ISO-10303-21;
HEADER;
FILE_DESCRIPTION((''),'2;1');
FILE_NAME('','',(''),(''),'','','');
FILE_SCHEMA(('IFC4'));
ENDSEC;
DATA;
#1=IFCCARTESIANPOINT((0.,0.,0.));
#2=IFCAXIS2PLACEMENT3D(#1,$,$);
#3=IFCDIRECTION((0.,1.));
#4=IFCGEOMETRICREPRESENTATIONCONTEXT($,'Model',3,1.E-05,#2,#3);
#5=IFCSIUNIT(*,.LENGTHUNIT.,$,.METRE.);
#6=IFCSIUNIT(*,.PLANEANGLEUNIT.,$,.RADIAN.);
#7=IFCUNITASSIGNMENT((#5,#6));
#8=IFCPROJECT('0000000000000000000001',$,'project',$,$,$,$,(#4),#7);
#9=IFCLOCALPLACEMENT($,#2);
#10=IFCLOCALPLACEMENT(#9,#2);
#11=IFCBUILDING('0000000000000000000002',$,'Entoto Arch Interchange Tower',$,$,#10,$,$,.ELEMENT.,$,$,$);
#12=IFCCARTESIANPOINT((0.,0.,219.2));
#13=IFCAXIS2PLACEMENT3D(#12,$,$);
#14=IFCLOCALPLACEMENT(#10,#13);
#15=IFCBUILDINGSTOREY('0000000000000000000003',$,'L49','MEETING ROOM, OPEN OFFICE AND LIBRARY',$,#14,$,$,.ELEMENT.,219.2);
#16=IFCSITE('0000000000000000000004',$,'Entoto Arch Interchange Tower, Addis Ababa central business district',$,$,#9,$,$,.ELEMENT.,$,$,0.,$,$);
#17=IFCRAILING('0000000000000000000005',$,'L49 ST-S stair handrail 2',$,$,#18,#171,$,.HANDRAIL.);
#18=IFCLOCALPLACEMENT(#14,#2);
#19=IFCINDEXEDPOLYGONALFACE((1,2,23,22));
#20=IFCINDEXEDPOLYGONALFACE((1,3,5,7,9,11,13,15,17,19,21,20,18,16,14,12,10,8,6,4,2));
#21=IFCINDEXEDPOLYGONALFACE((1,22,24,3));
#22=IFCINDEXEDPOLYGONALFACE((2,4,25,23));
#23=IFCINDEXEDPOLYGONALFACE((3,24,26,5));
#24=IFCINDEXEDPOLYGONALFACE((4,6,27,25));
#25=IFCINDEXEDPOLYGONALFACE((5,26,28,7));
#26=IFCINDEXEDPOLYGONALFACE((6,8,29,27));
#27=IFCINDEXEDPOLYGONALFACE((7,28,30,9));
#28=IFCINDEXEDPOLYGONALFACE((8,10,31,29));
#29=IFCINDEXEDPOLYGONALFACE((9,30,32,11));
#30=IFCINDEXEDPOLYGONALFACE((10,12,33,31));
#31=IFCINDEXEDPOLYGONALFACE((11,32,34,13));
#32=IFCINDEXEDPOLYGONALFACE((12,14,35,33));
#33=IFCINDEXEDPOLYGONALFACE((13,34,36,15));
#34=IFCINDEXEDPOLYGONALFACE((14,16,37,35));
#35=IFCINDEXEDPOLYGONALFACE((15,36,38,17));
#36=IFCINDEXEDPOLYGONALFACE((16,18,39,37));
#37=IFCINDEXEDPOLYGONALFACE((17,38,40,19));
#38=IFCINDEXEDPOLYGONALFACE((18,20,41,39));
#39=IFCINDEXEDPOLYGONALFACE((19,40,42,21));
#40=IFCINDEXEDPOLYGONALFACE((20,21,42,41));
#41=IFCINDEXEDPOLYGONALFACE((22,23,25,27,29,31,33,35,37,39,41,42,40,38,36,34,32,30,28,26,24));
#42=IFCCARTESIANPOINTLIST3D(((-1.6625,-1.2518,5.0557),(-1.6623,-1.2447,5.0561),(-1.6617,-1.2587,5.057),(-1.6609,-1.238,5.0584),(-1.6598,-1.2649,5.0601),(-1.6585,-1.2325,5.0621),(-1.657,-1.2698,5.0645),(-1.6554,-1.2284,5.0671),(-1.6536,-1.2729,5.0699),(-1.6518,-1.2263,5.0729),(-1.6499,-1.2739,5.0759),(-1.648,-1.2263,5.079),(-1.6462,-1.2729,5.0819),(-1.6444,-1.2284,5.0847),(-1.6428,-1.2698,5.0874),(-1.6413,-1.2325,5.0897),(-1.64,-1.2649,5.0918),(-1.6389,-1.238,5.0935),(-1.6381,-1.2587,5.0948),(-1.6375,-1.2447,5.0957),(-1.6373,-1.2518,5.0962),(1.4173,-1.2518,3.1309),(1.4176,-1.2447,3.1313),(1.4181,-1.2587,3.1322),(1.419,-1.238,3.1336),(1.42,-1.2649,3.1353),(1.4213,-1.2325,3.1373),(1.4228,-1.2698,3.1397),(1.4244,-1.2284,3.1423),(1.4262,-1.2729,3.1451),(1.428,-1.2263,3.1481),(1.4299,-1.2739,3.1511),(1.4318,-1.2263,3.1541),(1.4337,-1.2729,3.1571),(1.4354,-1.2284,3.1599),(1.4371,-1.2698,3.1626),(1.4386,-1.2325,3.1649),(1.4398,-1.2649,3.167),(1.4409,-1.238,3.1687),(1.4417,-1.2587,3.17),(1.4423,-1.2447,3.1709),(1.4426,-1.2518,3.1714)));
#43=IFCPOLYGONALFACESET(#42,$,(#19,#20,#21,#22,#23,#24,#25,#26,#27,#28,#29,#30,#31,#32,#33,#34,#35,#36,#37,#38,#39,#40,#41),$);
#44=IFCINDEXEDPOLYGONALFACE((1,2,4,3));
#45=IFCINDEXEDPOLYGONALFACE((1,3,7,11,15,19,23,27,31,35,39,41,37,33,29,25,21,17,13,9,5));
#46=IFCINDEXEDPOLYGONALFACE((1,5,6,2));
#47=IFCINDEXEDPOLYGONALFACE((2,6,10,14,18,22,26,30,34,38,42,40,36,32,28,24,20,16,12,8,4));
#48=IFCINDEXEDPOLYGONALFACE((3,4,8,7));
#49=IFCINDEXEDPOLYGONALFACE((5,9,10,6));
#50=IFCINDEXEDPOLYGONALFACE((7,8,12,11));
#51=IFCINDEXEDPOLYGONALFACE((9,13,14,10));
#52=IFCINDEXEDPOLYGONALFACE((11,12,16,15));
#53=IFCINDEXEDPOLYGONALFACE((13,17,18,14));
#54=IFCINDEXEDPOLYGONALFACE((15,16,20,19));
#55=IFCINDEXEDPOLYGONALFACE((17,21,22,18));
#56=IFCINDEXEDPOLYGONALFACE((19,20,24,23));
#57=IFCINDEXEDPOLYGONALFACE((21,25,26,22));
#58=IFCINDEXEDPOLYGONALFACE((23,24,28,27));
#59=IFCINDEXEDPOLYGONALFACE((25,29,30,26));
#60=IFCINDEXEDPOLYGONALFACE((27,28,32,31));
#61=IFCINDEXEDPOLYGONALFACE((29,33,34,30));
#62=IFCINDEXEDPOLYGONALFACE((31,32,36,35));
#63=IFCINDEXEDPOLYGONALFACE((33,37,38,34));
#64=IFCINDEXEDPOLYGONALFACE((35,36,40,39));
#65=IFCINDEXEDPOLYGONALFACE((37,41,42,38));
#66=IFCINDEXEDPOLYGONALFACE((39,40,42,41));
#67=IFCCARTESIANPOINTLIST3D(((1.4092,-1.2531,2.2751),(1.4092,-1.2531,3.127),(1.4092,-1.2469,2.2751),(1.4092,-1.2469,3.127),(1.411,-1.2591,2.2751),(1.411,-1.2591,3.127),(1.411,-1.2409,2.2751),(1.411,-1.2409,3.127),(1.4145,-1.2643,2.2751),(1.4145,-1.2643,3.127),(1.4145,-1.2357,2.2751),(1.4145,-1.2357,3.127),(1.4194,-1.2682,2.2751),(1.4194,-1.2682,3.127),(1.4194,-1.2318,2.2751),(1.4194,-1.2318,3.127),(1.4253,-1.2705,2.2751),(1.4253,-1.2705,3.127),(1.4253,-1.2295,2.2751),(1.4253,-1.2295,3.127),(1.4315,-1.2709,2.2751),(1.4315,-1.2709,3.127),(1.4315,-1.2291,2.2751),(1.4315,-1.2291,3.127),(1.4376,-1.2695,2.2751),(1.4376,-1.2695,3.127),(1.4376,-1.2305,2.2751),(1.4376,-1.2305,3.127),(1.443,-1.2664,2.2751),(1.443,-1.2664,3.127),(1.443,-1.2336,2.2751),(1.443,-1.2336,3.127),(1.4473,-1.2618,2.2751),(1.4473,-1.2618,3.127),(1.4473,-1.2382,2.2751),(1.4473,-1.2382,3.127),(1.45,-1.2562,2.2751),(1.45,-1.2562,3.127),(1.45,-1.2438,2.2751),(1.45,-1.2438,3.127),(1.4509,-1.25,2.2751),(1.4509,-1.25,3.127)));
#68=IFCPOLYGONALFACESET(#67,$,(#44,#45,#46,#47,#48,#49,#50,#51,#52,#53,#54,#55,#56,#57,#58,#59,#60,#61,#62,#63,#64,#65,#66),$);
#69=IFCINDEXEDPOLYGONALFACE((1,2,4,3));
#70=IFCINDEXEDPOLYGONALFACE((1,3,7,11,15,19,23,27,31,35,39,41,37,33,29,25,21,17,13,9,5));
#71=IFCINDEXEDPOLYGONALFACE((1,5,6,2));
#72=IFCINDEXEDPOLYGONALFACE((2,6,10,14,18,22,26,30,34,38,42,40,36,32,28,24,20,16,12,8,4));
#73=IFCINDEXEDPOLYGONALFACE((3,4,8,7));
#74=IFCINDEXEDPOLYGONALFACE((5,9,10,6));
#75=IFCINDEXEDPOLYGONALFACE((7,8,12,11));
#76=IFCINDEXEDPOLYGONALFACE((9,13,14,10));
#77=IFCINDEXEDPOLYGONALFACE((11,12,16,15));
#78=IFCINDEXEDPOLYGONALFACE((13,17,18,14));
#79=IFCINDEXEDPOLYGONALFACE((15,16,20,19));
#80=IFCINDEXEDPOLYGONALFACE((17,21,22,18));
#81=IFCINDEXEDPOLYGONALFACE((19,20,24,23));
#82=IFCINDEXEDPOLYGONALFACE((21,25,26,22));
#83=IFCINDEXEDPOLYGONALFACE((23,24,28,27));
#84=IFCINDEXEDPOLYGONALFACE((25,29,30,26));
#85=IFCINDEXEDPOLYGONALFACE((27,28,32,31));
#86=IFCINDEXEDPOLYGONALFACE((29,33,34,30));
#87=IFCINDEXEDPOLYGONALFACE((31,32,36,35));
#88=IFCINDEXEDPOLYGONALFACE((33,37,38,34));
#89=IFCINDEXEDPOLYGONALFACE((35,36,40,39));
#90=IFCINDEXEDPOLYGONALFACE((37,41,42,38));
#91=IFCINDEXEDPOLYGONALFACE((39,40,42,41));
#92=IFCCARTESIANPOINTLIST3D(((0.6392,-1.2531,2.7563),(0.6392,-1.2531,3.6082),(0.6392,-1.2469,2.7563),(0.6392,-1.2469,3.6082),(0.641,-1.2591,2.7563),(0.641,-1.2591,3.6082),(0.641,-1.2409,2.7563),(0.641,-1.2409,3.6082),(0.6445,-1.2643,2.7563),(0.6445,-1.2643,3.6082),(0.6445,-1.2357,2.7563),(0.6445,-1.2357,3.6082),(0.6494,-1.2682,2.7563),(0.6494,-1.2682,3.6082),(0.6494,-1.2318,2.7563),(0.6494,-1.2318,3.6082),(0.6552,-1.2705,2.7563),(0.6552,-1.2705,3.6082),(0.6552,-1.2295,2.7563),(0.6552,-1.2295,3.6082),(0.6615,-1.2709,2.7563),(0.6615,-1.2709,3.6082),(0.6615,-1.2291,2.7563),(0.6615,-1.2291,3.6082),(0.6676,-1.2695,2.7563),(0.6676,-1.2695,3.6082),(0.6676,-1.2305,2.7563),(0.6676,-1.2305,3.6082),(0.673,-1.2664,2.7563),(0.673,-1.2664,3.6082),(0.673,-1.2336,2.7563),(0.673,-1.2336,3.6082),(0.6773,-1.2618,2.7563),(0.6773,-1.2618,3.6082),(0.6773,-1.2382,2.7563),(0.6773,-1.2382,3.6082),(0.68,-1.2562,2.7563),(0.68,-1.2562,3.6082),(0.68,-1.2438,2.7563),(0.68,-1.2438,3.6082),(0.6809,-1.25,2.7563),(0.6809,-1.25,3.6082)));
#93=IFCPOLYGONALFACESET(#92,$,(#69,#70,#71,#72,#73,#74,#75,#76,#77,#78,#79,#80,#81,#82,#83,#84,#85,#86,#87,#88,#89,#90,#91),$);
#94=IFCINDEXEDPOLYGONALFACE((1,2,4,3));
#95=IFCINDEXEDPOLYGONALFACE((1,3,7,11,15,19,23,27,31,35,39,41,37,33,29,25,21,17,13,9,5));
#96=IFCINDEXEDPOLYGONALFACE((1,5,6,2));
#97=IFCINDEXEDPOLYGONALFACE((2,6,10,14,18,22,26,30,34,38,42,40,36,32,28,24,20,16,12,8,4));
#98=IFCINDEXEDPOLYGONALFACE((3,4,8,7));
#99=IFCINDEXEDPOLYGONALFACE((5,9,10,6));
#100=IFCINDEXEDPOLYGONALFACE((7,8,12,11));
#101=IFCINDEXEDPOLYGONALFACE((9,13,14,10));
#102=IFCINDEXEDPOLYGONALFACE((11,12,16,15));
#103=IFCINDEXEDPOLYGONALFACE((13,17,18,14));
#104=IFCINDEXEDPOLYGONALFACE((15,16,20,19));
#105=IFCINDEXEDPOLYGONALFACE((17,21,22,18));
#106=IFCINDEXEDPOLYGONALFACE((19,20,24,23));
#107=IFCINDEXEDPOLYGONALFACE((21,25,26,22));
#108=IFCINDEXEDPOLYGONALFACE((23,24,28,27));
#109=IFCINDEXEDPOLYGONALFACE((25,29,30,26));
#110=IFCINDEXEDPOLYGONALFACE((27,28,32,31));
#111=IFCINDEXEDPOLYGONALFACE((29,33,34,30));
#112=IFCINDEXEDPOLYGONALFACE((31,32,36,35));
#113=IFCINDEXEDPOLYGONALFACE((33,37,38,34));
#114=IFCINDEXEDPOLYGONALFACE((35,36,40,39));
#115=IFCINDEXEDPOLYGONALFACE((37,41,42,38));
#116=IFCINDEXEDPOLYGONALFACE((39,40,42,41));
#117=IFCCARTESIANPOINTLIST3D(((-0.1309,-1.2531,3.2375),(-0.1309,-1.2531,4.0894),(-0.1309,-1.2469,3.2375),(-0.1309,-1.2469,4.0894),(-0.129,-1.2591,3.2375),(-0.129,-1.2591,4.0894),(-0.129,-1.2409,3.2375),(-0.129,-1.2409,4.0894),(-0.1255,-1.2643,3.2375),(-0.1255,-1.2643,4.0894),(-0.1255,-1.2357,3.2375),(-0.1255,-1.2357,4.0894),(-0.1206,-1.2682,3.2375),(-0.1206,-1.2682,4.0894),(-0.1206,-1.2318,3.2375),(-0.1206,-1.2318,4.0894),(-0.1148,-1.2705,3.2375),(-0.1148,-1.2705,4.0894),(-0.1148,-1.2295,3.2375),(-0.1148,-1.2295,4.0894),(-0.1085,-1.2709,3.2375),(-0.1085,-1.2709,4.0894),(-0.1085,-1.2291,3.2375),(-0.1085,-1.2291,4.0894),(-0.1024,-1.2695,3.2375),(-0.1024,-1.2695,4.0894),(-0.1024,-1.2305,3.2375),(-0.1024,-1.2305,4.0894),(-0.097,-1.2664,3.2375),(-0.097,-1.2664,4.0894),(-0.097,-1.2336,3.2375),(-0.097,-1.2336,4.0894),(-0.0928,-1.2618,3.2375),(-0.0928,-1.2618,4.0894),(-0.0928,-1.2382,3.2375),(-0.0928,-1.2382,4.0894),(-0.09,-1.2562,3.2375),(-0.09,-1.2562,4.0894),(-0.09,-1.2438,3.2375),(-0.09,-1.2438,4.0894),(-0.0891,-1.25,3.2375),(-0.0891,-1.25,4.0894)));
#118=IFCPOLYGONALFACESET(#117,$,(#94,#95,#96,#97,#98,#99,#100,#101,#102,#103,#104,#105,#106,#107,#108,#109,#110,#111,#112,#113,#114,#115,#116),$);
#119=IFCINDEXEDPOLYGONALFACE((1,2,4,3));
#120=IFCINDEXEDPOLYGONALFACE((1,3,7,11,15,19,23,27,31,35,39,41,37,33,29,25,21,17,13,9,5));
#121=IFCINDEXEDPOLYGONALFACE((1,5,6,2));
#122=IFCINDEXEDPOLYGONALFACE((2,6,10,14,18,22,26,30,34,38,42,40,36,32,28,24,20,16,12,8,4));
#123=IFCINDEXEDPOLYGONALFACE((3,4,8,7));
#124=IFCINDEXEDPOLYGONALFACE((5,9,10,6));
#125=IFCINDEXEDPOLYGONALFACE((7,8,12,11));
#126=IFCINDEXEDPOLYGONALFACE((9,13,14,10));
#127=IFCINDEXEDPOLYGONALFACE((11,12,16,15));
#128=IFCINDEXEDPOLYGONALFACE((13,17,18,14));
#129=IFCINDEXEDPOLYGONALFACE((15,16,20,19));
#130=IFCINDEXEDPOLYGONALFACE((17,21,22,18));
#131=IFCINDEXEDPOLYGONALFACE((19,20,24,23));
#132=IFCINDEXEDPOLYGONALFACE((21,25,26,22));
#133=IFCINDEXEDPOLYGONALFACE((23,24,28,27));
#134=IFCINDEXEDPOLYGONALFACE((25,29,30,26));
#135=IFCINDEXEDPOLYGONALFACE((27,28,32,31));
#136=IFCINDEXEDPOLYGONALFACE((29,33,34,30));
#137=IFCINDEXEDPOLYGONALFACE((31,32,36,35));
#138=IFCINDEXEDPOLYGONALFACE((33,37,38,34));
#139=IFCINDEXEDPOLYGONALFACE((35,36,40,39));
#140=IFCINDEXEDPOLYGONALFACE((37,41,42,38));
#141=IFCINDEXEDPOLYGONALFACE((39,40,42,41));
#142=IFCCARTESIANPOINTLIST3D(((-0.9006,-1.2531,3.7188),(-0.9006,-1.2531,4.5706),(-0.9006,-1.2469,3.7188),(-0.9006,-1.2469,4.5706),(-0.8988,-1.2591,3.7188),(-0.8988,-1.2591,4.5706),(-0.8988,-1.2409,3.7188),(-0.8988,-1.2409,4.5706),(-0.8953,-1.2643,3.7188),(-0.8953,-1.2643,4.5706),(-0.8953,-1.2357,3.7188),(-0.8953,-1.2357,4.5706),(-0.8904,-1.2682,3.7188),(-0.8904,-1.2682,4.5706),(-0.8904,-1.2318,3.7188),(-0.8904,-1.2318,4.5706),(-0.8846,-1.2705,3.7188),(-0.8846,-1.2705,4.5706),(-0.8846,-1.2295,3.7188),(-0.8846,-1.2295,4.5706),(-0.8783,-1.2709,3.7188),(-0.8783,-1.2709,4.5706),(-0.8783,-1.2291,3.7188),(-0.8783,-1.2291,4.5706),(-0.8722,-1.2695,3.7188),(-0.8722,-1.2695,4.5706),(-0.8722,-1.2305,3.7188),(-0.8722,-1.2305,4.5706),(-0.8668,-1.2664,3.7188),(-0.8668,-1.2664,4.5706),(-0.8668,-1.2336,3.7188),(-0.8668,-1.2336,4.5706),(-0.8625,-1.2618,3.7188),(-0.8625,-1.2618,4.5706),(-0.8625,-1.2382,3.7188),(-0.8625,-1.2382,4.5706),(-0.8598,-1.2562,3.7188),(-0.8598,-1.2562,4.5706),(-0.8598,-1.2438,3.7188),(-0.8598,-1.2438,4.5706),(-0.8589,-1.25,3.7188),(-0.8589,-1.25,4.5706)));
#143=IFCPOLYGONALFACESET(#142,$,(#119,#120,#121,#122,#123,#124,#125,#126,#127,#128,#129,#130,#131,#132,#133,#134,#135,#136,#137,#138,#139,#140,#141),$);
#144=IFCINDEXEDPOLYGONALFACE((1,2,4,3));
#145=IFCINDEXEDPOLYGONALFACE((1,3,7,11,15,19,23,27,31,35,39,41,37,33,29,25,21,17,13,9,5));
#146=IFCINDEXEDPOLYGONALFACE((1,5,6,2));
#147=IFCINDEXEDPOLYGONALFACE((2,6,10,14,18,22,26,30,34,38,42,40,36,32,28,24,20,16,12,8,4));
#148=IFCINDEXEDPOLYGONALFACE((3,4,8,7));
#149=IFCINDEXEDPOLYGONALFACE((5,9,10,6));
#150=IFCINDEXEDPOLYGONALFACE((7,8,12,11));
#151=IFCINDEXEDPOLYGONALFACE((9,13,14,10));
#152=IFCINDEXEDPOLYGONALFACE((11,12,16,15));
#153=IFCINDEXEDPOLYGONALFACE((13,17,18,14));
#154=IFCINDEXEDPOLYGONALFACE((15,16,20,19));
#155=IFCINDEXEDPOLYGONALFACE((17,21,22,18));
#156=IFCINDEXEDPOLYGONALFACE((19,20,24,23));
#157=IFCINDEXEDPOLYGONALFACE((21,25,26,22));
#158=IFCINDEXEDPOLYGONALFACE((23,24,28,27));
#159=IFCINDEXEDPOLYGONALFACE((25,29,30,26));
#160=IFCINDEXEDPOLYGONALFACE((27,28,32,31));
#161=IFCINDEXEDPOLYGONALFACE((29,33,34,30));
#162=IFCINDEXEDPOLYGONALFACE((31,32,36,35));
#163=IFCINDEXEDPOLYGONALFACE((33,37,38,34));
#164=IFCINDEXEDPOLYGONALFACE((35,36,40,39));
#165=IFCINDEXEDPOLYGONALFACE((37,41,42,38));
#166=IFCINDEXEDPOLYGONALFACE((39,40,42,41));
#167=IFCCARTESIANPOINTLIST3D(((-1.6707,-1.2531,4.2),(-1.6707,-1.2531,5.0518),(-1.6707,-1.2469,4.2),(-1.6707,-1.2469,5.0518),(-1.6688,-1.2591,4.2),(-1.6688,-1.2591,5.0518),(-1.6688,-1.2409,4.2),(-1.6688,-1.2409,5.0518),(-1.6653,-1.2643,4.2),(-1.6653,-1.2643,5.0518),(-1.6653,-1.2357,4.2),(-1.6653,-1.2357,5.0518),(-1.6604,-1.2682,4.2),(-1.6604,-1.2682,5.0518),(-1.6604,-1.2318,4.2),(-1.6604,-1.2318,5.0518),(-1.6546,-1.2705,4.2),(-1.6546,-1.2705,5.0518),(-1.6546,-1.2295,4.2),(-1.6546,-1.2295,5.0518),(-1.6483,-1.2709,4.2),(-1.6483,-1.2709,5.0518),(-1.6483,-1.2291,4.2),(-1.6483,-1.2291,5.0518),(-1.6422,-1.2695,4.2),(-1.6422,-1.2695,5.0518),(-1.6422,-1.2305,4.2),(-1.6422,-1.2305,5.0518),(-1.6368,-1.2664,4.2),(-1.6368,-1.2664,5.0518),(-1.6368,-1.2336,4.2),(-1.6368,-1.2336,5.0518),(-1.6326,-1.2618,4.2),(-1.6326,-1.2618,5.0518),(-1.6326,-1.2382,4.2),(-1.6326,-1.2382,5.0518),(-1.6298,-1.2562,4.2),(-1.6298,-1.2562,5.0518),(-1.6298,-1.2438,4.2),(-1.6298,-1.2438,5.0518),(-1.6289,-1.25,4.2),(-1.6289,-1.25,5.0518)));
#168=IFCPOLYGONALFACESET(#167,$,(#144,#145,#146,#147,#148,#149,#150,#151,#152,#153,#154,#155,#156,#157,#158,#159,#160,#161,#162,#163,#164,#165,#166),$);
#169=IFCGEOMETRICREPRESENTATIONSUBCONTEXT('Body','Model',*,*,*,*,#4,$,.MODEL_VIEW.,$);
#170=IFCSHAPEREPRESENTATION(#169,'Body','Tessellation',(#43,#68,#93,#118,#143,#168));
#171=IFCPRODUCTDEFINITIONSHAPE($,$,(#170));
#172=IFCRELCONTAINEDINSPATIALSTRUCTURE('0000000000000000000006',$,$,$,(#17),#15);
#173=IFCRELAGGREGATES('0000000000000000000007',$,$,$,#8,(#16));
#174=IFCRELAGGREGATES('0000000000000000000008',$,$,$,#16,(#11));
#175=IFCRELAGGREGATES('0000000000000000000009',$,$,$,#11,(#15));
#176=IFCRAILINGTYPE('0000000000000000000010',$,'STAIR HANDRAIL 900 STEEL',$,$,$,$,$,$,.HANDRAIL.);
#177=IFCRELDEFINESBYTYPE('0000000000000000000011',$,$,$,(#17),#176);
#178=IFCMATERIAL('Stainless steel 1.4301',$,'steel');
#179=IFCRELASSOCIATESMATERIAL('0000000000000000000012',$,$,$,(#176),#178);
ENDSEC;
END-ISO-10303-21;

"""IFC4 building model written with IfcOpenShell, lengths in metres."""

from ifc_helpers import new_model, si_unit, direction, frame, origin, origin_2d, place, context, subcontext, project, spatial, circle, extrude, material, type_object, element, save


model = new_model("IFC4")

# Units and contexts
model_context = context("Model", 3, precision=1e-05, world=origin(), true_north=direction((0.0, 1.0)))
body_context = subcontext(model_context, "Body", "Model", "MODEL_VIEW")
ifc_project = project(units=[si_unit("LENGTHUNIT", "METRE"), si_unit("PLANEANGLEUNIT", "RADIAN")], contexts=[model_context])

# Site, building, storey
site_placement = place(None, origin())
site = spatial("IfcSite", under=ifc_project, at=site_placement, Name="Entoto Arch Interchange Tower, Addis Ababa central business district", CompositionType="ELEMENT", RefElevation=0.0)
building_placement = place(site_placement, origin())
building = spatial("IfcBuilding", under=site, at=building_placement, Name="Entoto Arch Interchange Tower", CompositionType="ELEMENT")
storey_placement = place(building_placement, frame((0.0, 0.0, 219.2)))
storey = spatial("IfcBuildingStorey", under=building, at=storey_placement, Name="L49", Description="MEETING ROOM, OPEN OFFICE AND LIBRARY", CompositionType="ELEMENT", Elevation=219.2)

# Railing
ifc_material_1 = material(Name="Stainless steel 1.4301", Category="steel")
railing_type_1 = type_object("IfcRailingType", Name="STAIR HANDRAIL 900 STEEL", PredefinedType="HANDRAIL", material=ifc_material_1)
railing_1_placement = place(storey_placement, frame((1.4299, -1.25, 2.2751)))
element("IfcRailing", 1, at=railing_1_placement, inside=storey, type_object=railing_type_1, Name="L49 ST-S stair handrail 2", PredefinedType="HANDRAIL", context=body_context, shape_type="SweptSolid", body=[
    extrude(circle(Radius=0.0239, at=origin_2d()), frame((0.0, 0.0, 0.876), z_axis=(-0.84801, 0.0, 0.529981), x_axis=(0.0, -1.0, 0.0)), (0.0, 0.0, 1.0), 3.6318),
    extrude(circle(Radius=0.021, at=origin_2d()), origin(), (0.0, 0.0, 1.0), 0.8518),
    extrude(circle(Radius=0.021, at=origin_2d()), frame((-0.77, 0.0, 0.4812)), (0.0, 0.0, 1.0), 0.8518),
    extrude(circle(Radius=0.021, at=origin_2d()), frame((-1.54, 0.0, 0.9624)), (0.0, 0.0, 1.0), 0.8518),
    extrude(circle(Radius=0.021, at=origin_2d()), frame((-2.3098, 0.0, 1.4436)), (0.0, 0.0, 1.0), 0.8518),
    extrude(circle(Radius=0.021, at=origin_2d()), frame((-3.0798, 0.0, 1.9248)), (0.0, 0.0, 1.0), 0.8518),
])

save(model, "model.ifc")
